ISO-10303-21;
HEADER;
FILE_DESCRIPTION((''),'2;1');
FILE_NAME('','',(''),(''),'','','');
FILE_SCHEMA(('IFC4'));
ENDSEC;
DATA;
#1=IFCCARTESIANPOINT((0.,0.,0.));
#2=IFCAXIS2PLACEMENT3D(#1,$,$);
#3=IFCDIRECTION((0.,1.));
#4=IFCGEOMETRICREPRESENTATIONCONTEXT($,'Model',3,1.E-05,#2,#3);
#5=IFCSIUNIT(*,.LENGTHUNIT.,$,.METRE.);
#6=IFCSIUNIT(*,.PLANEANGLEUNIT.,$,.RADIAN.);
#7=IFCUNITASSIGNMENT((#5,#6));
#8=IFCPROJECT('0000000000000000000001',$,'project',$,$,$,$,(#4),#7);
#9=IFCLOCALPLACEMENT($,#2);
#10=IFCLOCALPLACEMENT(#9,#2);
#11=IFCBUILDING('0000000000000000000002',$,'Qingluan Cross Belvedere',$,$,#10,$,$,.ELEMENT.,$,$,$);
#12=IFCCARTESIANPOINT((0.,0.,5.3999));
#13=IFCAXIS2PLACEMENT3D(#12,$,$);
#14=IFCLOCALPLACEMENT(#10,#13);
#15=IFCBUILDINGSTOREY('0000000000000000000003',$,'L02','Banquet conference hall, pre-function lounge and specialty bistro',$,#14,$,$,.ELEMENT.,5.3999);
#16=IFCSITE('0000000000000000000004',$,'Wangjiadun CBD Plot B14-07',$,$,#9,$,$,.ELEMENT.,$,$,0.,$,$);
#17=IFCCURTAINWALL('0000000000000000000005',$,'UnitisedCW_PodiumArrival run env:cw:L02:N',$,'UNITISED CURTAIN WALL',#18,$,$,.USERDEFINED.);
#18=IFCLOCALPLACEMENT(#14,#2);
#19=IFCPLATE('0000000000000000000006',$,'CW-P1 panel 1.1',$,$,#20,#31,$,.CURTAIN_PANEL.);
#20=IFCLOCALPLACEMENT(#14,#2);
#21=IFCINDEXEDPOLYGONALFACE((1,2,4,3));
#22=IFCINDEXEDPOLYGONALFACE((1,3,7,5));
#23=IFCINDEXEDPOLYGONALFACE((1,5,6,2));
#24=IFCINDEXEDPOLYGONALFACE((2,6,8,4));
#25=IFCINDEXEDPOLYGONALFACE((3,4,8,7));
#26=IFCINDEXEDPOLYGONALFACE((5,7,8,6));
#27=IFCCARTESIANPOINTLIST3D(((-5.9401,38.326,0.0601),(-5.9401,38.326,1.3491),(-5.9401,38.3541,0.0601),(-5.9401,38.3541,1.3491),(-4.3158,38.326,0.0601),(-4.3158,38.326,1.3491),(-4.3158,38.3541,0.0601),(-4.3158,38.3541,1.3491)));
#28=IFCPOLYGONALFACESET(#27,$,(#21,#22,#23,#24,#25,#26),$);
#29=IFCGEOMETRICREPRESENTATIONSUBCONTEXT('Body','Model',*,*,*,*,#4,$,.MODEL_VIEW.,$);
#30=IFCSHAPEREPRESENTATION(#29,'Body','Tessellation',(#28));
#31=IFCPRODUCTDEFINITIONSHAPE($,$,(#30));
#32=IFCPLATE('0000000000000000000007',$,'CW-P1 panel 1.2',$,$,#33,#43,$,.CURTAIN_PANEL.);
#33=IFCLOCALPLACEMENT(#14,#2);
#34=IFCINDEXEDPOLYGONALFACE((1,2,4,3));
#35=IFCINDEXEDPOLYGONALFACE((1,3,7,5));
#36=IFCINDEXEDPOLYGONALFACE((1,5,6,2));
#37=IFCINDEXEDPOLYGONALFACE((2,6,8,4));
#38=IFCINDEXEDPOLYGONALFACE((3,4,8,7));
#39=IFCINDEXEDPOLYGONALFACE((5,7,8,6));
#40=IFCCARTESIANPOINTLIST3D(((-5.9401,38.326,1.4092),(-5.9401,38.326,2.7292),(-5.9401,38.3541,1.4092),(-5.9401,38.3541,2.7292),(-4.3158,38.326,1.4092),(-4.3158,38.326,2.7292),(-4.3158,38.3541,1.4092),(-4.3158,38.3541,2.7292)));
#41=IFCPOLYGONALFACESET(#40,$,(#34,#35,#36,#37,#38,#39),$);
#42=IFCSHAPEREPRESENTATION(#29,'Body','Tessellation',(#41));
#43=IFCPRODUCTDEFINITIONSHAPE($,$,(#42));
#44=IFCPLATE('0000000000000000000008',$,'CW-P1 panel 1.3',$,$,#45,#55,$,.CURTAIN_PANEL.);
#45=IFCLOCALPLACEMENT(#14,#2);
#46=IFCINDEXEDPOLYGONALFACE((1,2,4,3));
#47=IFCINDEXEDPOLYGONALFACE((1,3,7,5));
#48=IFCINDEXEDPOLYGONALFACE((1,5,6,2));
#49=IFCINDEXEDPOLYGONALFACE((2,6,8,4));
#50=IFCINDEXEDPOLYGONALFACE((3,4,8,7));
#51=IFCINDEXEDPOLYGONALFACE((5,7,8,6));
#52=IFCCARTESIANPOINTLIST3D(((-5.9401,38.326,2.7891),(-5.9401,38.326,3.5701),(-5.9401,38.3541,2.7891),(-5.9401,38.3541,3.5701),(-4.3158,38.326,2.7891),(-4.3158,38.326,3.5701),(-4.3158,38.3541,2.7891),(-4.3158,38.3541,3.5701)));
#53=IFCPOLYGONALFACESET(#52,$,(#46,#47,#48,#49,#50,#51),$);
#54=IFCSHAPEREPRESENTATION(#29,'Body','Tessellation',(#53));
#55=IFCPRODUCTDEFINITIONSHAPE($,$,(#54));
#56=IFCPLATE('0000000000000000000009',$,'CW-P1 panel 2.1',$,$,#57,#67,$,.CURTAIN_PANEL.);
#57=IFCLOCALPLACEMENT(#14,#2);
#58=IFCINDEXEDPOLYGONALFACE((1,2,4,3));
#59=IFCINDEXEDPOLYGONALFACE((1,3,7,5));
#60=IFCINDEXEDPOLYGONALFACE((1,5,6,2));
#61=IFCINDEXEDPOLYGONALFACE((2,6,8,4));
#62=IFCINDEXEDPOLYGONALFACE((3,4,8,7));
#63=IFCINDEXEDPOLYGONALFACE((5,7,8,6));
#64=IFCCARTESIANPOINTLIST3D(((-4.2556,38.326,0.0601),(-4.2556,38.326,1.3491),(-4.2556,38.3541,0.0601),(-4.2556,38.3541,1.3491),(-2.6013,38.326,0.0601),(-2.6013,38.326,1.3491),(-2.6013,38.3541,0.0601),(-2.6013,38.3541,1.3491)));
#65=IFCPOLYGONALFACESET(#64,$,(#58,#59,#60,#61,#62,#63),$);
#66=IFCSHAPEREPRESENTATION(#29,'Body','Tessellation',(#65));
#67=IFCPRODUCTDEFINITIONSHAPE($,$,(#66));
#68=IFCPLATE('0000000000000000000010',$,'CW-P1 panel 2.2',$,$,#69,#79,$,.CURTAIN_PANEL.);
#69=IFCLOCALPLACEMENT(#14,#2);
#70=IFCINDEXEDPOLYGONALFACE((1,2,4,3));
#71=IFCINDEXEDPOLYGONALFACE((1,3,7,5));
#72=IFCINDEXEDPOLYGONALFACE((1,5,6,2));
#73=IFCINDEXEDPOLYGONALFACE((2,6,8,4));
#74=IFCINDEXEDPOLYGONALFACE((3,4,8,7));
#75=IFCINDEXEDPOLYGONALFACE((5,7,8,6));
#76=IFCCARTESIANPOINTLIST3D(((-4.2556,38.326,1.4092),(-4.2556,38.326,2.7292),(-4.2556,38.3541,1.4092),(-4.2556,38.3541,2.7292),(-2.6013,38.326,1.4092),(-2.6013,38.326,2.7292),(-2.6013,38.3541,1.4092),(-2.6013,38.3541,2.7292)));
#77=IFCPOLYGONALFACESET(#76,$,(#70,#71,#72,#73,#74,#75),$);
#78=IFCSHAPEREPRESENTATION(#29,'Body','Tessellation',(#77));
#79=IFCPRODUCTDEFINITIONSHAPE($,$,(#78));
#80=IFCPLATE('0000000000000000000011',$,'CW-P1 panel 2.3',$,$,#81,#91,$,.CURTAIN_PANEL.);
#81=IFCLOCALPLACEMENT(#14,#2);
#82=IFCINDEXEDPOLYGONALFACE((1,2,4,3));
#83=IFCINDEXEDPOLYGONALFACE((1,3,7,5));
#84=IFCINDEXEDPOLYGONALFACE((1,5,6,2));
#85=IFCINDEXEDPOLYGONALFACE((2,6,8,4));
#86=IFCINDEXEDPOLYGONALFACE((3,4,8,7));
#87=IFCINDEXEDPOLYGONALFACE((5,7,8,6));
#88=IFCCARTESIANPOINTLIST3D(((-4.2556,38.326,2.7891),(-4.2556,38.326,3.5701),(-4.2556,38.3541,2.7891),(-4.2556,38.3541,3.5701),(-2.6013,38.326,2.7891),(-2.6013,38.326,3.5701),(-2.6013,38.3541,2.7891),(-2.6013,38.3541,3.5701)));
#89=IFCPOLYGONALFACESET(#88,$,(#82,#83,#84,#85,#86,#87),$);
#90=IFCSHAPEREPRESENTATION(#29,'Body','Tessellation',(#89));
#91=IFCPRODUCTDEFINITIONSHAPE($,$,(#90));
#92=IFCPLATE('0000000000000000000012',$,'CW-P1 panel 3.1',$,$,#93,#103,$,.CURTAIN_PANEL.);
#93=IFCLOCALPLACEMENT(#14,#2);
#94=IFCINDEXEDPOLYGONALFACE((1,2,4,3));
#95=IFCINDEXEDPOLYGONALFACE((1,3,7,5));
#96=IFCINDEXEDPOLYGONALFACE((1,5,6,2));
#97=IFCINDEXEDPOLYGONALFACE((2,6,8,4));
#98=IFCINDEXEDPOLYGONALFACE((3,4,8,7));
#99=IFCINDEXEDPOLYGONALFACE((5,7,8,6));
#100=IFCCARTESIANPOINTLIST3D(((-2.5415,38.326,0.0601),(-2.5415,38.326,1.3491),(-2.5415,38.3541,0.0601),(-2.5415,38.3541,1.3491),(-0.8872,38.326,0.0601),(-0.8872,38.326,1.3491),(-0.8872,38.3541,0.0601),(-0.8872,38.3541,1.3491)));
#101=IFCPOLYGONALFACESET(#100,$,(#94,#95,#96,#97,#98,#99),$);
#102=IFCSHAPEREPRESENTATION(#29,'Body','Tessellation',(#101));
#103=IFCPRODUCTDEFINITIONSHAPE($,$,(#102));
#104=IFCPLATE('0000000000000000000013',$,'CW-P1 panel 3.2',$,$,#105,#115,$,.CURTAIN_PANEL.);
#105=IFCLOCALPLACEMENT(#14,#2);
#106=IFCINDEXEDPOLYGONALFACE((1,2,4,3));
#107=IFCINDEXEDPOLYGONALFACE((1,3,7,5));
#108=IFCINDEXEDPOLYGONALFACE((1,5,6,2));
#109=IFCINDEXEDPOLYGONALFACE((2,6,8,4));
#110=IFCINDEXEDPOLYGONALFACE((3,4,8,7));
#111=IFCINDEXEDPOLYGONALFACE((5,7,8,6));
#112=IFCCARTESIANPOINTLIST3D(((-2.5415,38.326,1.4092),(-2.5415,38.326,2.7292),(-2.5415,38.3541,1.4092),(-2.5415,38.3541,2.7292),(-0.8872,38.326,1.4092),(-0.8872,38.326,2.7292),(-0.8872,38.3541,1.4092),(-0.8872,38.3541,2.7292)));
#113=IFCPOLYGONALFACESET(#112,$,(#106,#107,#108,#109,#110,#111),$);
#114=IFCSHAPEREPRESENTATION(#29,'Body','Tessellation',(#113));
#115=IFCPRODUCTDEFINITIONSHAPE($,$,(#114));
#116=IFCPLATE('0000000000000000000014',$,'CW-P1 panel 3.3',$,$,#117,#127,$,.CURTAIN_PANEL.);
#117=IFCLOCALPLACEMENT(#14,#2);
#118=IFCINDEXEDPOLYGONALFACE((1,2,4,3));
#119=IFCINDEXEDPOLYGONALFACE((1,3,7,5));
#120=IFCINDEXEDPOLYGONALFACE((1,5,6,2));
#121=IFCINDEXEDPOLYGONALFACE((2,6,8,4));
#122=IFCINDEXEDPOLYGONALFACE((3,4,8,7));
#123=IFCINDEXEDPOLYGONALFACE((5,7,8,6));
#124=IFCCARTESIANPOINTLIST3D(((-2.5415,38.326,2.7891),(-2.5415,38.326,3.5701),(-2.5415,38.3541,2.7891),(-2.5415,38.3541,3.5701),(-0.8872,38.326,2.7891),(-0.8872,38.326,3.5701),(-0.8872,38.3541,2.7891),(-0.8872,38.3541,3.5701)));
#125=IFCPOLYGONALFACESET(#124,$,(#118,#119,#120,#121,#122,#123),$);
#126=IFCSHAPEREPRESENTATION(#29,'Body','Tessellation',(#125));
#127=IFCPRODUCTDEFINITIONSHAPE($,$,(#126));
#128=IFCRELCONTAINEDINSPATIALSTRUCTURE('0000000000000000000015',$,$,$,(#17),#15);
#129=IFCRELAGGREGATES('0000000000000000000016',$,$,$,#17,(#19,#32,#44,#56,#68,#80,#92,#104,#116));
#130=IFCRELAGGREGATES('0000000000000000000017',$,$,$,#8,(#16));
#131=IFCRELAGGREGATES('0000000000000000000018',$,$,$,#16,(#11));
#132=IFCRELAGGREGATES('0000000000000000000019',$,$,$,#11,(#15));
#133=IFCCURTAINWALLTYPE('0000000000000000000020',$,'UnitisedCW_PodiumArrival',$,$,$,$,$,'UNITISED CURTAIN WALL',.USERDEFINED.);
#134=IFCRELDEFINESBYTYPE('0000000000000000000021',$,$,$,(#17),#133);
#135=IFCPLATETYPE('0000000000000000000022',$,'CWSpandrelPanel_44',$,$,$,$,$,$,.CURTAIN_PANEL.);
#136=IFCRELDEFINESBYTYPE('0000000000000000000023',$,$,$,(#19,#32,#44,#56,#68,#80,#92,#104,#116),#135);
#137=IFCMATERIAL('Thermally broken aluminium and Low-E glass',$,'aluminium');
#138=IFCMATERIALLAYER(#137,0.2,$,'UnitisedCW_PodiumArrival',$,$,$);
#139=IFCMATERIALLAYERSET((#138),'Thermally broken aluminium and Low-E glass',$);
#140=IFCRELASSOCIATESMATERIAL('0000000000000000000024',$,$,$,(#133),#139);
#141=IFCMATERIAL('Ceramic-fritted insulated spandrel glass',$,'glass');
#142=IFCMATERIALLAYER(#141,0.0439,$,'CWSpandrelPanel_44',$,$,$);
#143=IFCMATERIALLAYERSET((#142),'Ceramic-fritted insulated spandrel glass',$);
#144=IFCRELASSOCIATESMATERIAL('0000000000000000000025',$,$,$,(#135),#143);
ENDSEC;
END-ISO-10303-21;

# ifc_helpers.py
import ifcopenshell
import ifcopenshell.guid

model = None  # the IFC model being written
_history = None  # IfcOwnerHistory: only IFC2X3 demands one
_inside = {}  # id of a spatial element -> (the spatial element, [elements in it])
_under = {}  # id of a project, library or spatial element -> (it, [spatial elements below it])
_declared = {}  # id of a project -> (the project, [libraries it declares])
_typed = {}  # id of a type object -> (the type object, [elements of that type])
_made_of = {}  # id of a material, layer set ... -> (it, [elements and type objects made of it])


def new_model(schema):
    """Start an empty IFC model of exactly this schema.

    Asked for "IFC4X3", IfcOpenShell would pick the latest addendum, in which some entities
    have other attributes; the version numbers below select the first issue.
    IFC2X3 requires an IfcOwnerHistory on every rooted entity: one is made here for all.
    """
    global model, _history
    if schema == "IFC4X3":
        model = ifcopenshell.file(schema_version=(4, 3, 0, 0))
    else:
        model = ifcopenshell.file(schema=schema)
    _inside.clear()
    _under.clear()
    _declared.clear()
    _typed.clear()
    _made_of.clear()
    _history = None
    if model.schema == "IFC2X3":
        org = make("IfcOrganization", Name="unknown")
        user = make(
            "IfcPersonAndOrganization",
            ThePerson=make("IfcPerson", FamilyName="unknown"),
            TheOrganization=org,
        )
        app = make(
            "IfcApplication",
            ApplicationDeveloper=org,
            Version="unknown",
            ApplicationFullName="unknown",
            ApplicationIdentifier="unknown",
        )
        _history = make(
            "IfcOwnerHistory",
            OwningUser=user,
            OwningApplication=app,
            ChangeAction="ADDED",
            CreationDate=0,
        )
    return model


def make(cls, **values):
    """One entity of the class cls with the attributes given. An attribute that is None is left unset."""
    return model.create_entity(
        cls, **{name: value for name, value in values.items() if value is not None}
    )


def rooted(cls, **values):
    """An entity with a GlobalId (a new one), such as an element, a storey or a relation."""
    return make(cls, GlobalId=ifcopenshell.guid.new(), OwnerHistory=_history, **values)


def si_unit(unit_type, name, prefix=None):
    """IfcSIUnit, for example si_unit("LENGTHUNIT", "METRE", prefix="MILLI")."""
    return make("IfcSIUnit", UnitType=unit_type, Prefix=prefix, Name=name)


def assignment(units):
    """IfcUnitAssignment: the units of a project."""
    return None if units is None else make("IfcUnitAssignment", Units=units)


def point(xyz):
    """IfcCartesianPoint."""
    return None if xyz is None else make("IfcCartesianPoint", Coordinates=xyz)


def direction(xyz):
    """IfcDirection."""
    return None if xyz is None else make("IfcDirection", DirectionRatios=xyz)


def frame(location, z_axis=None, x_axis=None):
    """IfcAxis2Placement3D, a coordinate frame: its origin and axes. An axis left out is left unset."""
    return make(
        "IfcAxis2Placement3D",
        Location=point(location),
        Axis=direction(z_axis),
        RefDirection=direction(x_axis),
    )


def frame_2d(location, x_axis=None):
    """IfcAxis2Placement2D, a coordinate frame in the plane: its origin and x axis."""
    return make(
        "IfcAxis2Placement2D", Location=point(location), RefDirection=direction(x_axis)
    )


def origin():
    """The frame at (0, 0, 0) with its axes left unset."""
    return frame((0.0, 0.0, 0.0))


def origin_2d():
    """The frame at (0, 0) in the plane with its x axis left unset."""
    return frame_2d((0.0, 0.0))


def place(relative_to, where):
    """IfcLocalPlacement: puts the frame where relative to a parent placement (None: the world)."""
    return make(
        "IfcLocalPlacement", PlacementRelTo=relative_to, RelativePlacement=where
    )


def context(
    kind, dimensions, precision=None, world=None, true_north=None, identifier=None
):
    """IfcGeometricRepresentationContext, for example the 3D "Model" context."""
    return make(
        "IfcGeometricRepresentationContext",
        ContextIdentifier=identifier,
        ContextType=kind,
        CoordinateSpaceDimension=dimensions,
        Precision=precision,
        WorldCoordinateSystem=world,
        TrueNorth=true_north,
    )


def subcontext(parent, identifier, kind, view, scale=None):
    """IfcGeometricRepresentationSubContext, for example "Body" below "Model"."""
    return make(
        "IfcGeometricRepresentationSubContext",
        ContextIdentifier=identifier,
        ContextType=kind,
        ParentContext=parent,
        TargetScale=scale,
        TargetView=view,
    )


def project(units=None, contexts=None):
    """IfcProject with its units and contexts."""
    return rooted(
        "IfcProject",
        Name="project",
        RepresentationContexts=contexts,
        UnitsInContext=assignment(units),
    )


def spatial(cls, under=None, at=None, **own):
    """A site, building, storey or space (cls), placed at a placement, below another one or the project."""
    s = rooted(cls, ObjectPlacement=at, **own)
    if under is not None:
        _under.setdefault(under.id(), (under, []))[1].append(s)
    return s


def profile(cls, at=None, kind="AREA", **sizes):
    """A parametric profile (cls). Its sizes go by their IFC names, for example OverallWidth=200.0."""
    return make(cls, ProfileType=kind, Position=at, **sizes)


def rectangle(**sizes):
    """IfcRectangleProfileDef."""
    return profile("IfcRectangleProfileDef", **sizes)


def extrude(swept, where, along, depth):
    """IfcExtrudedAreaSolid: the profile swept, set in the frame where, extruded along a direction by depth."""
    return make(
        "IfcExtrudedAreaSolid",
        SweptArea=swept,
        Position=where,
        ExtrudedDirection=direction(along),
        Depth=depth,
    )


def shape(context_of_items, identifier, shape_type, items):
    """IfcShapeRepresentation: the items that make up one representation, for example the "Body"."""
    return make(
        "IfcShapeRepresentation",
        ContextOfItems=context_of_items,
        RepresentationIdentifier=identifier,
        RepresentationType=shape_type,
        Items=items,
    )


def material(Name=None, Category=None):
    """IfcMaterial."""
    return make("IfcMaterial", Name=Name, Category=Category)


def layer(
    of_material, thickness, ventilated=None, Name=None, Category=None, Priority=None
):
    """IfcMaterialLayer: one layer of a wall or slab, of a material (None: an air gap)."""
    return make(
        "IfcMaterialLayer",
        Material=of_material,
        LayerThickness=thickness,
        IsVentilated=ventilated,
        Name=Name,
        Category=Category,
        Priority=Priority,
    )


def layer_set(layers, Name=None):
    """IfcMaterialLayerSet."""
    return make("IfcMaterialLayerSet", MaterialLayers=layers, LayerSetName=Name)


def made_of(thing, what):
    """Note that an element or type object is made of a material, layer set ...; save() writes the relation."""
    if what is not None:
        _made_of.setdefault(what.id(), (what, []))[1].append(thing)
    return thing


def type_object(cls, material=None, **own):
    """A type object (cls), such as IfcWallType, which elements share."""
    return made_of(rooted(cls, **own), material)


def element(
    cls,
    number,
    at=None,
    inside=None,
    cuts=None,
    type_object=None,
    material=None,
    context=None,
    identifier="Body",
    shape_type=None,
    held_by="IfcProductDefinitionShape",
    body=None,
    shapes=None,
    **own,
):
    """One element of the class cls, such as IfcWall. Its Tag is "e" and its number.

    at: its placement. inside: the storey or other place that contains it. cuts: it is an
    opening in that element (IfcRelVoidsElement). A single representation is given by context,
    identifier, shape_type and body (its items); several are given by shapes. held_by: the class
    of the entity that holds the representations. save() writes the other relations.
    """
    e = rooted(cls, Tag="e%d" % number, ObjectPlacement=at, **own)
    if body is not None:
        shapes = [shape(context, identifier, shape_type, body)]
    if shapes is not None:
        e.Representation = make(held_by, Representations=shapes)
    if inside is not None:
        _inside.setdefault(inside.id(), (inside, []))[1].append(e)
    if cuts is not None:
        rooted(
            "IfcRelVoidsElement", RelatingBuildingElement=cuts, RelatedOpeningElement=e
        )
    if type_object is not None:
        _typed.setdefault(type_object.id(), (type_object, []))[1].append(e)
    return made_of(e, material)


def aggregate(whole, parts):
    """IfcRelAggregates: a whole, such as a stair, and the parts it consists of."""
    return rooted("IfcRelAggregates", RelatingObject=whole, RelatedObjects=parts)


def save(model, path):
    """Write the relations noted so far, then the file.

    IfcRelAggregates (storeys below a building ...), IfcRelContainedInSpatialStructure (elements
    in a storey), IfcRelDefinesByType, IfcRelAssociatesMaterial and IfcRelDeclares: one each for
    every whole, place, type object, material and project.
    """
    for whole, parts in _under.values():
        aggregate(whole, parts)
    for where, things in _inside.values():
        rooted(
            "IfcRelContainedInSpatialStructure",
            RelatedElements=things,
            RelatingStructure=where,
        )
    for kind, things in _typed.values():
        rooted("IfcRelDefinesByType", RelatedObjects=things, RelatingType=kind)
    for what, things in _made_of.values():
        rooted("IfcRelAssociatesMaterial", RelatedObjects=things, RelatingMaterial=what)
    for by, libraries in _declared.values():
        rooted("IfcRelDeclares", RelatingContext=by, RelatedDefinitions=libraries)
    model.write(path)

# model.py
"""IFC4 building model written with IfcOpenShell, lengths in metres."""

from ifc_helpers import new_model, si_unit, direction, frame, origin, origin_2d, place, context, subcontext, project, spatial, rectangle, extrude, material, layer, layer_set, type_object, element, aggregate, save


model = new_model("IFC4")

# Units and contexts
model_context = context("Model", 3, precision=1e-05, world=origin(), true_north=direction((0.0, 1.0)))
body_context = subcontext(model_context, "Body", "Model", "MODEL_VIEW")
ifc_project = project(units=[si_unit("LENGTHUNIT", "METRE"), si_unit("PLANEANGLEUNIT", "RADIAN")], contexts=[model_context])

# Site, building, storey
site_placement = place(None, origin())
site = spatial("IfcSite", under=ifc_project, at=site_placement, Name="Wangjiadun CBD Plot B14-07", CompositionType="ELEMENT", RefElevation=0.0)
building_placement = place(site_placement, origin())
building = spatial("IfcBuilding", under=site, at=building_placement, Name="Qingluan Cross Belvedere", CompositionType="ELEMENT")
storey_placement = place(building_placement, frame((0.0, 0.0, 5.3999)))
storey = spatial("IfcBuildingStorey", under=building, at=storey_placement, Name="L02", Description="Banquet conference hall, pre-function lounge and specialty bistro", CompositionType="ELEMENT", Elevation=5.3999)

# Curtain wall
ifc_material_1 = material(Name="Thermally broken aluminium and Low-E glass", Category="aluminium")
ifc_layer_1 = layer(ifc_material_1, 0.2, Name="UnitisedCW_PodiumArrival")
ifc_layer_set_1 = layer_set([ifc_layer_1], Name="Thermally broken aluminium and Low-E glass")
curtain_wall_type = type_object("IfcCurtainWallType", Name="UnitisedCW_PodiumArrival", ElementType="UNITISED CURTAIN WALL", PredefinedType="USERDEFINED", material=ifc_layer_set_1)
curtain_wall_placement = place(storey_placement, origin())
curtain_wall = element("IfcCurtainWall", 1, at=curtain_wall_placement, inside=storey, type_object=curtain_wall_type, Name="UnitisedCW_PodiumArrival run env:cw:L02:N", ObjectType="UNITISED CURTAIN WALL", PredefinedType="USERDEFINED")

# Plates
ifc_material_2 = material(Name="Ceramic-fritted insulated spandrel glass", Category="glass")
ifc_layer_2 = layer(ifc_material_2, 0.0439, Name="CWSpandrelPanel_44")
ifc_layer_set_2 = layer_set([ifc_layer_2], Name="Ceramic-fritted insulated spandrel glass")
plate_type = type_object("IfcPlateType", Name="CWSpandrelPanel_44", PredefinedType="CURTAIN_PANEL", material=ifc_layer_set_2)
plate_1_placement = place(storey_placement, frame((-5.1279, 38.3401, 0.0601), z_axis=(0.0, 0.0, 1.0), x_axis=(1.0, 0.0, 0.0)))
plate_1 = element("IfcPlate", 2, at=plate_1_placement, type_object=plate_type, Name="CW-P1 panel 1.1", PredefinedType="CURTAIN_PANEL", context=body_context, shape_type="SweptSolid", body=[
    extrude(rectangle(XDim=1.6243, YDim=0.0281, at=origin_2d()), origin(), (0.0, 0.0, 1.0), 1.2891),
])
plate_2_placement = place(storey_placement, frame((-5.1279, 38.3401, 1.4092), z_axis=(0.0, 0.0, 1.0), x_axis=(1.0, 0.0, 0.0)))
plate_2 = element("IfcPlate", 3, at=plate_2_placement, type_object=plate_type, Name="CW-P1 panel 1.2", PredefinedType="CURTAIN_PANEL", context=body_context, shape_type="SweptSolid", body=[
    extrude(rectangle(XDim=1.6243, YDim=0.0281, at=origin_2d()), origin(), (0.0, 0.0, 1.0), 1.3201),
])
plate_3_placement = place(storey_placement, frame((-5.1279, 38.3401, 2.7891), z_axis=(0.0, 0.0, 1.0), x_axis=(1.0, 0.0, 0.0)))
plate_3 = element("IfcPlate", 4, at=plate_3_placement, type_object=plate_type, Name="CW-P1 panel 1.3", PredefinedType="CURTAIN_PANEL", context=body_context, shape_type="SweptSolid", body=[
    extrude(rectangle(XDim=1.6243, YDim=0.0281, at=origin_2d()), origin(), (0.0, 0.0, 1.0), 0.781),
])
plate_4_placement = place(storey_placement, frame((-3.4285, 38.3401, 0.0601), z_axis=(0.0, 0.0, 1.0), x_axis=(1.0, 0.0, 0.0)))
plate_4 = element("IfcPlate", 5, at=plate_4_placement, type_object=plate_type, Name="CW-P1 panel 2.1", PredefinedType="CURTAIN_PANEL", context=body_context, shape_type="SweptSolid", body=[
    extrude(rectangle(XDim=1.6543, YDim=0.0281, at=origin_2d()), origin(), (0.0, 0.0, 1.0), 1.2891),
])
plate_5_placement = place(storey_placement, frame((-3.4285, 38.3401, 1.4092), z_axis=(0.0, 0.0, 1.0), x_axis=(1.0, 0.0, 0.0)))
plate_5 = element("IfcPlate", 6, at=plate_5_placement, type_object=plate_type, Name="CW-P1 panel 2.2", PredefinedType="CURTAIN_PANEL", context=body_context, shape_type="SweptSolid", body=[
    extrude(rectangle(XDim=1.6543, YDim=0.0281, at=origin_2d()), origin(), (0.0, 0.0, 1.0), 1.3201),
])
plate_6_placement = place(storey_placement, frame((-3.4285, 38.3401, 2.7891), z_axis=(0.0, 0.0, 1.0), x_axis=(1.0, 0.0, 0.0)))
plate_6 = element("IfcPlate", 7, at=plate_6_placement, type_object=plate_type, Name="CW-P1 panel 2.3", PredefinedType="CURTAIN_PANEL", context=body_context, shape_type="SweptSolid", body=[
    extrude(rectangle(XDim=1.6543, YDim=0.0281, at=origin_2d()), origin(), (0.0, 0.0, 1.0), 0.781),
])
plate_7_placement = place(storey_placement, frame((-1.7144, 38.3401, 0.0601), z_axis=(0.0, 0.0, 1.0), x_axis=(1.0, 0.0, 0.0)))
plate_7 = element("IfcPlate", 8, at=plate_7_placement, type_object=plate_type, Name="CW-P1 panel 3.1", PredefinedType="CURTAIN_PANEL", context=body_context, shape_type="SweptSolid", body=[
    extrude(rectangle(XDim=1.6543, YDim=0.0281, at=origin_2d()), origin(), (0.0, 0.0, 1.0), 1.2891),
])
plate_8_placement = place(storey_placement, frame((-1.7144, 38.3401, 1.4092), z_axis=(0.0, 0.0, 1.0), x_axis=(1.0, 0.0, 0.0)))
plate_8 = element("IfcPlate", 9, at=plate_8_placement, type_object=plate_type, Name="CW-P1 panel 3.2", PredefinedType="CURTAIN_PANEL", context=body_context, shape_type="SweptSolid", body=[
    extrude(rectangle(XDim=1.6543, YDim=0.0281, at=origin_2d()), origin(), (0.0, 0.0, 1.0), 1.3201),
])
plate_9_placement = place(storey_placement, frame((-1.7144, 38.3401, 2.7891), z_axis=(0.0, 0.0, 1.0), x_axis=(1.0, 0.0, 0.0)))
plate_9 = element("IfcPlate", 10, at=plate_9_placement, type_object=plate_type, Name="CW-P1 panel 3.3", PredefinedType="CURTAIN_PANEL", context=body_context, shape_type="SweptSolid", body=[
    extrude(rectangle(XDim=1.6543, YDim=0.0281, at=origin_2d()), origin(), (0.0, 0.0, 1.0), 0.781),
])
aggregate(curtain_wall, [plate_1, plate_2, plate_3, plate_4, plate_5, plate_6, plate_7, plate_8, plate_9])

save(model, "model.ifc")
